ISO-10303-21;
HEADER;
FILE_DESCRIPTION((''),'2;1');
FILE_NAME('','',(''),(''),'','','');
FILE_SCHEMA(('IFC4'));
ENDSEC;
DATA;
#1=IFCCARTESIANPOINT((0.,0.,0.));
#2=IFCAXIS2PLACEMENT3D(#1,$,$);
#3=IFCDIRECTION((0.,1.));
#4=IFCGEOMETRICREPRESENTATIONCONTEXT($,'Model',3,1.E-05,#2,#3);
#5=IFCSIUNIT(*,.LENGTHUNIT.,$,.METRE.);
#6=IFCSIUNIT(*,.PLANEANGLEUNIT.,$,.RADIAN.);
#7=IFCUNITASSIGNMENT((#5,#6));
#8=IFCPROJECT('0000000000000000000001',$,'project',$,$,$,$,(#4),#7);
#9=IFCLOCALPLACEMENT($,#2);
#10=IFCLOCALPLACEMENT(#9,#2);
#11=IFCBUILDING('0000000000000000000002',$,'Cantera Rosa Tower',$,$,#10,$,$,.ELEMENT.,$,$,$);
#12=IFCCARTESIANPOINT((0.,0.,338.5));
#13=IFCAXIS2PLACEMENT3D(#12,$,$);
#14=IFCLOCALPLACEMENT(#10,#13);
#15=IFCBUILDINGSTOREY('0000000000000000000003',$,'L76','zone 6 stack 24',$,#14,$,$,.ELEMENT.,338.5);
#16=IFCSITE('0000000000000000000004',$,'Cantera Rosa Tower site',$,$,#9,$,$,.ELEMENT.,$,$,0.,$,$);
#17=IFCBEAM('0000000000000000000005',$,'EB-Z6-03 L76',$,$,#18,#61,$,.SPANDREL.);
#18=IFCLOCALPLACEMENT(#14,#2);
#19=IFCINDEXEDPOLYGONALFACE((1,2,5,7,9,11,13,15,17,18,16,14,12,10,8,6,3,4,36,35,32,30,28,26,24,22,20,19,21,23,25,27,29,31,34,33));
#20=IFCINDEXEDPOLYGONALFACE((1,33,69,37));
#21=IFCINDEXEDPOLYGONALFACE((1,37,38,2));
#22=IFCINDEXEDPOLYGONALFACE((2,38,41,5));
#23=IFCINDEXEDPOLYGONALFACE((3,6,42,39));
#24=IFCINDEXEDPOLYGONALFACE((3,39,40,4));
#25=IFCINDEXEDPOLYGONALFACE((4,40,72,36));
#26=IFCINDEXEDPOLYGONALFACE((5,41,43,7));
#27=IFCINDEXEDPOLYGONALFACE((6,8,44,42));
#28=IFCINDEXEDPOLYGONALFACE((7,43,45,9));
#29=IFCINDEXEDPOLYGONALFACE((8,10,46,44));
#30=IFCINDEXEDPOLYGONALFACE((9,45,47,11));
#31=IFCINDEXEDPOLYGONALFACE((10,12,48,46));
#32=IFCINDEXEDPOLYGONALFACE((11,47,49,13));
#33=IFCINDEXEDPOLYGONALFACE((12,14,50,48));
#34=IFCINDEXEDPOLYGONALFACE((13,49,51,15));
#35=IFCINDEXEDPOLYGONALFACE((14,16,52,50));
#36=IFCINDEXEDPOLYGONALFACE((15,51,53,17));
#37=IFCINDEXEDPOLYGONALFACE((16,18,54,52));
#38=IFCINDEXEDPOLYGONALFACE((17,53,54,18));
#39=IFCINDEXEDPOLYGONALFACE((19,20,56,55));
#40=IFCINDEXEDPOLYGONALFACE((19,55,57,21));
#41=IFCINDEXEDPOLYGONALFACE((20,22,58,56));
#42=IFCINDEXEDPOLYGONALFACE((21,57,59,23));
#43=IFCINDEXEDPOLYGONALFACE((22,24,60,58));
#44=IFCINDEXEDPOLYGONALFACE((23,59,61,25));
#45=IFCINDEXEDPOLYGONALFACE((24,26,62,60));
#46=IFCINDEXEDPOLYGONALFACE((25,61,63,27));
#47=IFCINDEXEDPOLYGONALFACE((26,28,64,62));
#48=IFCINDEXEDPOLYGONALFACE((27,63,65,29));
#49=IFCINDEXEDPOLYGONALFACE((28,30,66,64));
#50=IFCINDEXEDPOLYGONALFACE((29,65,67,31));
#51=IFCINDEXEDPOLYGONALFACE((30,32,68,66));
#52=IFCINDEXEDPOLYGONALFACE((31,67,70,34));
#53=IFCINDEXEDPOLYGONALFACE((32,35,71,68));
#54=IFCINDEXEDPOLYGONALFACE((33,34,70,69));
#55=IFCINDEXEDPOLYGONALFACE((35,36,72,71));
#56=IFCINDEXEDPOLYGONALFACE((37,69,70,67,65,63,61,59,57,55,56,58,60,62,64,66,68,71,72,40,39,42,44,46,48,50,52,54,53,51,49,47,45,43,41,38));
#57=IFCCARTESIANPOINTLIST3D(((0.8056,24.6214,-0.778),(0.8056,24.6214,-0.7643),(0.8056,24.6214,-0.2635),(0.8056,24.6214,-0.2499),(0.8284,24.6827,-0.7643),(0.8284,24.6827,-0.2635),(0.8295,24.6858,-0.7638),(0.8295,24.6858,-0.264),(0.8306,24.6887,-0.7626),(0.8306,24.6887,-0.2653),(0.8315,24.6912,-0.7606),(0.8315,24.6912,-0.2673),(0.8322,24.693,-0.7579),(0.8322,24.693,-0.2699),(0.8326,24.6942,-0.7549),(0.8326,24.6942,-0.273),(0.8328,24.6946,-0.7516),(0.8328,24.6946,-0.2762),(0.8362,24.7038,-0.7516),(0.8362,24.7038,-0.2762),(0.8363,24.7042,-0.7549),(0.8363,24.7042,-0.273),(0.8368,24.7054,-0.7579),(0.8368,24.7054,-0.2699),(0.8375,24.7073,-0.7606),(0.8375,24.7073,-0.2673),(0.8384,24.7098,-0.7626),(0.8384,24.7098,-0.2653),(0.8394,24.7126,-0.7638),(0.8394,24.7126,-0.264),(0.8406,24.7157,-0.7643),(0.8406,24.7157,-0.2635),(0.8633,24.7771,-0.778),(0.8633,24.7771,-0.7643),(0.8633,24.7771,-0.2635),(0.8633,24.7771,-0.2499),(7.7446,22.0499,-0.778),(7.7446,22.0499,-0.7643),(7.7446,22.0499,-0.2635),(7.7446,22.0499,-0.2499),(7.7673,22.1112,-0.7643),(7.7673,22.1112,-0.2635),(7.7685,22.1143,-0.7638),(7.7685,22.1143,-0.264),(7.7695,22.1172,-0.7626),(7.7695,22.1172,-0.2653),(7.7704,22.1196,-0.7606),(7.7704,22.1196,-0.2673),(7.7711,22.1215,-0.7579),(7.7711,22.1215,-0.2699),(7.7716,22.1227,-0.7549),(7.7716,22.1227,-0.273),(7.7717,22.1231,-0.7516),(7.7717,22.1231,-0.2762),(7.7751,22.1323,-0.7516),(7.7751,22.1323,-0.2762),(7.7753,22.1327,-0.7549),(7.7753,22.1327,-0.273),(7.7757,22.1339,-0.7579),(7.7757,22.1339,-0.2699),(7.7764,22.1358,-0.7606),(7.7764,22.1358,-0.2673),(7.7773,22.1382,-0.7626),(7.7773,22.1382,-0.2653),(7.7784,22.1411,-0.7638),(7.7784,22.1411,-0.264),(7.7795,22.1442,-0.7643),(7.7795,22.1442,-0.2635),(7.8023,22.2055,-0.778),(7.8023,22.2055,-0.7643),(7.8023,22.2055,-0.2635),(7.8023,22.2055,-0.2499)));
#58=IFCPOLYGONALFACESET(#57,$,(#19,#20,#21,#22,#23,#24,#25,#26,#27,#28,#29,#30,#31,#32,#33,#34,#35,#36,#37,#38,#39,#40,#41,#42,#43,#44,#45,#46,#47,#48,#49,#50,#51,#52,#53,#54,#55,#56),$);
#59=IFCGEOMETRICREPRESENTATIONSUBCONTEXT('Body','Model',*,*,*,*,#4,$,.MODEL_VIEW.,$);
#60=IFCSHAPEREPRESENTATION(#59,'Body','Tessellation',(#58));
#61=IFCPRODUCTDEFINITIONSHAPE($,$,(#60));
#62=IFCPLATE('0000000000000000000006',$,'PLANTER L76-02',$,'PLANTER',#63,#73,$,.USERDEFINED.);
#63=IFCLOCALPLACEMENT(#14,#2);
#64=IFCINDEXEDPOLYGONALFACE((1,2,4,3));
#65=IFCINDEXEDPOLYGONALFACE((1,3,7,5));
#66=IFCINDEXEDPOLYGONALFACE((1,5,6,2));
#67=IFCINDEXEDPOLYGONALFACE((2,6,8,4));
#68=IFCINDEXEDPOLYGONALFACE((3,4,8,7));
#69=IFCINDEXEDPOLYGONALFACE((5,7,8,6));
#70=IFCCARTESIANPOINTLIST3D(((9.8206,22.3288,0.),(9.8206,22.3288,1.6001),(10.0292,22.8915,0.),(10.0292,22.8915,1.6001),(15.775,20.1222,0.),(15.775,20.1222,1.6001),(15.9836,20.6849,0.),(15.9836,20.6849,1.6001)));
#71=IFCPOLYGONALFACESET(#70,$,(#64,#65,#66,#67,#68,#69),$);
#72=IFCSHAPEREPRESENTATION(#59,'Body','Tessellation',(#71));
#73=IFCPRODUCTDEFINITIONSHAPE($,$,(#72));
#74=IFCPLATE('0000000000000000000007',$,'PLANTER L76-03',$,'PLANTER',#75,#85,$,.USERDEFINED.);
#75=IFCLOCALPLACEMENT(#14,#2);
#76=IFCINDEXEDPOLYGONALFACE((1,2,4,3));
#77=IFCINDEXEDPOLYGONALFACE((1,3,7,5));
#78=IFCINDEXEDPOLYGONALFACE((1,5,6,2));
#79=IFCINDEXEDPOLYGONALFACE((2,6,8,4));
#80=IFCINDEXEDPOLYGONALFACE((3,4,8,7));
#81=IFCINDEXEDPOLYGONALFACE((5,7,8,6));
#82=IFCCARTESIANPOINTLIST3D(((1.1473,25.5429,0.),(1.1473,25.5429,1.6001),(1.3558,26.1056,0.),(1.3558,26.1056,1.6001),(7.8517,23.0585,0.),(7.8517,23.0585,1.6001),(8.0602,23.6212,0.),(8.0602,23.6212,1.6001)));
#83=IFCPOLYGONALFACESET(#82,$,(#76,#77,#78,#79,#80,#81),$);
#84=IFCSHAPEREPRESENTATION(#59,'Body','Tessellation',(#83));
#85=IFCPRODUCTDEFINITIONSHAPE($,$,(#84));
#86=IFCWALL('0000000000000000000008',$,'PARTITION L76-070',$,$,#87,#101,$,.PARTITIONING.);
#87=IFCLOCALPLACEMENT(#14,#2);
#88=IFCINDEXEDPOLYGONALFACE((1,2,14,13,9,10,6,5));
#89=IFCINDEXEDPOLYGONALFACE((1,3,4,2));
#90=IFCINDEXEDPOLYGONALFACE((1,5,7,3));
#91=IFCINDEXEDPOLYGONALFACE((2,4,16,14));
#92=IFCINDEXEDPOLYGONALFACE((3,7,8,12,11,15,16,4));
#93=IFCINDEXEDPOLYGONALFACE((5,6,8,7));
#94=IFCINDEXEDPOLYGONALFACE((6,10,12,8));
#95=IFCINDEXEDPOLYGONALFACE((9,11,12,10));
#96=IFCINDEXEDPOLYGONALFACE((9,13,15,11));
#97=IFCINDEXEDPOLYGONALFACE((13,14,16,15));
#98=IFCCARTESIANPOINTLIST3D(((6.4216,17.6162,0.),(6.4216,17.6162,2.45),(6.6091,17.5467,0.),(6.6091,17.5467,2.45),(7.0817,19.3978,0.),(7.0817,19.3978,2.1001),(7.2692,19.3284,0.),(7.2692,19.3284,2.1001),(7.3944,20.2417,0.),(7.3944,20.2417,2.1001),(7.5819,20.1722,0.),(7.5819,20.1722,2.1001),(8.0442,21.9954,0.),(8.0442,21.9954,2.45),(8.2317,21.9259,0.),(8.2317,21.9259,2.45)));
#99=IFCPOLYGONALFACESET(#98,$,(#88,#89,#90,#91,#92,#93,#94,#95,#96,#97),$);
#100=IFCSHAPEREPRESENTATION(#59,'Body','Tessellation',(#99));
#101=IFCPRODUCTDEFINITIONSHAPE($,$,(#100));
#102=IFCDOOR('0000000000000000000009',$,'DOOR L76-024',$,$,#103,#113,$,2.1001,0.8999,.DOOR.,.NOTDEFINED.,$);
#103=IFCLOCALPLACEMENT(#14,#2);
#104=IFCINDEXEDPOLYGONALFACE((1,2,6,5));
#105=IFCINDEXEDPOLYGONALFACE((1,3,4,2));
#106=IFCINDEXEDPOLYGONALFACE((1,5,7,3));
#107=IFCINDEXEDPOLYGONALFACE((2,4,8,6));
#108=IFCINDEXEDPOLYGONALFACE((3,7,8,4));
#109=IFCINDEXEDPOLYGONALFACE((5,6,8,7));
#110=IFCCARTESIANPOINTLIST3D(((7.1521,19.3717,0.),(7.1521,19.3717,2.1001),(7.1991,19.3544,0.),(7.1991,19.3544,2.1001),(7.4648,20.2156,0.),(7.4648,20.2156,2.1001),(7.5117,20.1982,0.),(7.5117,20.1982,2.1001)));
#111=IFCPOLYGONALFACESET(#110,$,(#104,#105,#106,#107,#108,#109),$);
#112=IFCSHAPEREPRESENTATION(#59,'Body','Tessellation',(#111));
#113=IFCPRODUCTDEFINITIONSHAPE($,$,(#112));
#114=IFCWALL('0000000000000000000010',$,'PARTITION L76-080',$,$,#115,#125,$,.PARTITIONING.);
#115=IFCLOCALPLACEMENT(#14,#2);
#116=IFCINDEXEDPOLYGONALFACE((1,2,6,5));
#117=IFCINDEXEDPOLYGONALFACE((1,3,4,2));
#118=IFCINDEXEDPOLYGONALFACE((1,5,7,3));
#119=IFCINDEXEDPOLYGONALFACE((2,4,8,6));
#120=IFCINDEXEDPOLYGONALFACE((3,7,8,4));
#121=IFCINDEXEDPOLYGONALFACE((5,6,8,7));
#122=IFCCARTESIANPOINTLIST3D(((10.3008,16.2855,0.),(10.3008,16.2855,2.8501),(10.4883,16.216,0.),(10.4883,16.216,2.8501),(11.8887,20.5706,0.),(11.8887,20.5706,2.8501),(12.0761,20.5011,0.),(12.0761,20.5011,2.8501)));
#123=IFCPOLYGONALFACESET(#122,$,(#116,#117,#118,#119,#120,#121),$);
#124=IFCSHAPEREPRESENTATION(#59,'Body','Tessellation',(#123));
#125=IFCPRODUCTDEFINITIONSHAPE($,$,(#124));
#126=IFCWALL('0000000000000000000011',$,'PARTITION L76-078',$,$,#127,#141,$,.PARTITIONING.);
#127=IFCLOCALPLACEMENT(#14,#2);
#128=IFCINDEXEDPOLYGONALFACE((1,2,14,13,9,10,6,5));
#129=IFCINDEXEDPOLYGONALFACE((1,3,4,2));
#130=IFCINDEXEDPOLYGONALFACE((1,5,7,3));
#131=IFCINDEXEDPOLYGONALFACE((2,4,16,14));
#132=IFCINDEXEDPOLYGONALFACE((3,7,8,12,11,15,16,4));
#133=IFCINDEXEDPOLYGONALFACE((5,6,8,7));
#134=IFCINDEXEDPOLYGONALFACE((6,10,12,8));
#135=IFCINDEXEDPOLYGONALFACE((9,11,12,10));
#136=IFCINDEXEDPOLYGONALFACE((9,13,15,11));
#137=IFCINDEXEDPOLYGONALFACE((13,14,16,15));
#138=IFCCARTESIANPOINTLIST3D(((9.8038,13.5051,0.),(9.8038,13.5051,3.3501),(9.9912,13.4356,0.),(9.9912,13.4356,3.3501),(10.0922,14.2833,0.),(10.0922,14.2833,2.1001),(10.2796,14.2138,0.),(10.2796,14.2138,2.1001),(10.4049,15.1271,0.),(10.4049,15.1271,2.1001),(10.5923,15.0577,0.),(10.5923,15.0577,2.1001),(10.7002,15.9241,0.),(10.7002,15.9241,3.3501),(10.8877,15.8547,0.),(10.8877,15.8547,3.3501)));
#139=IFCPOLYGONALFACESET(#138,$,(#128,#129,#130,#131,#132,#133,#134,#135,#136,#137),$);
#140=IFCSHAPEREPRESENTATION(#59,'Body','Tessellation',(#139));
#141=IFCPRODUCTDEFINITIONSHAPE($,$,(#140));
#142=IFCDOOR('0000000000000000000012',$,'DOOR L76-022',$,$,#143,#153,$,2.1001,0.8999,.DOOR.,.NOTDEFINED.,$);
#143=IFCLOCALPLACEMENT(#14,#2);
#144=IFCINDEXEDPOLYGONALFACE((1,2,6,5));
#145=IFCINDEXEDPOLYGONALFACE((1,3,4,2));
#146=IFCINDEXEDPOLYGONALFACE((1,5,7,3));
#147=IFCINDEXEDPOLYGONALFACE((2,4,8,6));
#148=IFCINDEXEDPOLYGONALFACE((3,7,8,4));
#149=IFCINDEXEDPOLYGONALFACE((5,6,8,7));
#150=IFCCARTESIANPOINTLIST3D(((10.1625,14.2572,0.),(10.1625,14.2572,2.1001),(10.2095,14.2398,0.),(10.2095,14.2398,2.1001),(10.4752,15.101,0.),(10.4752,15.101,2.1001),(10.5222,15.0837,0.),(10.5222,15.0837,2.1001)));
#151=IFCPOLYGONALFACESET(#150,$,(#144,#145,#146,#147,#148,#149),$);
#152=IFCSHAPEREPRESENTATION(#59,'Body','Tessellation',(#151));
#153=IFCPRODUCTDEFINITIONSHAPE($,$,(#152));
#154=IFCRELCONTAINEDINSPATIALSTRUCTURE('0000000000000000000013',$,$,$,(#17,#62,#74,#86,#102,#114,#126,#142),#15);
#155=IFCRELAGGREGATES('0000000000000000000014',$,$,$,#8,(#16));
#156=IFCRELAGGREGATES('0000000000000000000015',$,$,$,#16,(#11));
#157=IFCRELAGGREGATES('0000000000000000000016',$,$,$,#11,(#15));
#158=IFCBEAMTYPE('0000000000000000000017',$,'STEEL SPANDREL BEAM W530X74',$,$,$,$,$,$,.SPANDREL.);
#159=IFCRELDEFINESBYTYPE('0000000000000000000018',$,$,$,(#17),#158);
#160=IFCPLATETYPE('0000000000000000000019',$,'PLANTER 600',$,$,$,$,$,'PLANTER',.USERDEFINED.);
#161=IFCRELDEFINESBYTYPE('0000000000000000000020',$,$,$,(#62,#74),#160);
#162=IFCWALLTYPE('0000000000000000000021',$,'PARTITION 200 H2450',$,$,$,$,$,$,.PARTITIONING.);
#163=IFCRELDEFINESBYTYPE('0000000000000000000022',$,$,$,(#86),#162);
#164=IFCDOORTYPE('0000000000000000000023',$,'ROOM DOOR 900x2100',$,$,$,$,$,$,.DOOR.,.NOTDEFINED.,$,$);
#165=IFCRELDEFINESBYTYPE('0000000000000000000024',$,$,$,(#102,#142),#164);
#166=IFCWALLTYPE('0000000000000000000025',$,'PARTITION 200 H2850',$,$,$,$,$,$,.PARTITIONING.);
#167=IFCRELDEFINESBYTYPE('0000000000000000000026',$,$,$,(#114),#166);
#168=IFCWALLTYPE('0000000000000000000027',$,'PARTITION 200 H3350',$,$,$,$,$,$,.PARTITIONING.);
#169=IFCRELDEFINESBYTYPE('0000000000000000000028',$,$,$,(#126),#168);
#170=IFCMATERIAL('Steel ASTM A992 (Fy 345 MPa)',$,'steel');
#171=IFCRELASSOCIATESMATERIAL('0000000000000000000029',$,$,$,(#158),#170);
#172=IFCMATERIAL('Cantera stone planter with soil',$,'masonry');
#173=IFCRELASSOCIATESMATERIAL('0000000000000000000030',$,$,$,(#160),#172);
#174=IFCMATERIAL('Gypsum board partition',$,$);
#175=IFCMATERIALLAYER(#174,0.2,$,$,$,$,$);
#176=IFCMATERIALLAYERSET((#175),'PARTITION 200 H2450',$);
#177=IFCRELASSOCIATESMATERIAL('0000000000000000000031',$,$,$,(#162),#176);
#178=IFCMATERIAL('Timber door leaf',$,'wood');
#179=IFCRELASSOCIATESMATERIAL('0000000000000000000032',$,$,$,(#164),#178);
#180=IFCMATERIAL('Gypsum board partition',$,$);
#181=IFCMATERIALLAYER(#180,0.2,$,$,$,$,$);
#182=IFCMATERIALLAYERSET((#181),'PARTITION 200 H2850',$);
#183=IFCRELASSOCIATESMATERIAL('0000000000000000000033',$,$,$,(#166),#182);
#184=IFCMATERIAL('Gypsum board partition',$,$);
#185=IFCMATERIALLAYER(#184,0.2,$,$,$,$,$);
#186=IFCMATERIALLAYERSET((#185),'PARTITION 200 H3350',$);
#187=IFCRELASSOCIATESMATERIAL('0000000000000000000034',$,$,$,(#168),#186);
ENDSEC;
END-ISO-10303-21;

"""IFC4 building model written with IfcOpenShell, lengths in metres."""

from ifc_helpers import new_model, si_unit, direction, frame, frame_2d, origin, origin_2d, place, context, subcontext, project, spatial, rectangle, i_section, extrude, material, layer, layer_set, material_profile, profile_set, type_object, element, fill, save


model = new_model("IFC4")

# Units and contexts
model_context = context("Model", 3, precision=1e-05, world=origin(), true_north=direction((0.0, 1.0)))
body_context = subcontext(model_context, "Body", "Model", "MODEL_VIEW")
ifc_project = project(units=[si_unit("LENGTHUNIT", "METRE"), si_unit("PLANEANGLEUNIT", "RADIAN")], contexts=[model_context])

# Site, building, storey
site_placement = place(None, origin())
site = spatial("IfcSite", under=ifc_project, at=site_placement, Name="Cantera Rosa Tower site", CompositionType="ELEMENT", RefElevation=0.0)
building_placement = place(site_placement, origin())
building = spatial("IfcBuilding", under=site, at=building_placement, Name="Cantera Rosa Tower", CompositionType="ELEMENT")
storey_placement = place(building_placement, frame((0.0, 0.0, 338.5)))
storey = spatial("IfcBuildingStorey", under=building, at=storey_placement, Name="L76", Description="zone 6 stack 24", CompositionType="ELEMENT", Elevation=338.5)

# Beam
ifc_material_1 = material(Name="Steel ASTM A992 (Fy 345 MPa)", Category="steel")
ifc_material_profile_1 = material_profile(ifc_material_1, i_section(OverallWidth=0.166, OverallDepth=0.5281, WebThickness=0.0098, FlangeThickness=0.0137, FilletRadius=0.0127, at=origin_2d()), Name="W530X74")
ifc_profile_set_1 = profile_set([ifc_material_profile_1], Name="Steel ASTM A992 (Fy 345 MPa)")
beam_type_1 = type_object("IfcBeamType", Name="STEEL SPANDREL BEAM W530X74", PredefinedType="SPANDREL", material=ifc_profile_set_1)
beam_1_placement = place(storey_placement, frame((7.7734, 22.1277, -0.5139), z_axis=(-0.937681, 0.347498, 0.0), x_axis=(-0.347498, -0.937681, 0.0)))
element("IfcBeam", 1, at=beam_1_placement, inside=storey, type_object=beam_type_1, Name="EB-Z6-03 L76", PredefinedType="SPANDREL", context=body_context, shape_type="SweptSolid", body=[
    extrude(i_section(OverallWidth=0.166, OverallDepth=0.5281, WebThickness=0.0098, FlangeThickness=0.0137, FilletRadius=0.0127, at=origin_2d()), origin(), (0.0, 0.0, 1.0), 7.4001),
])

# Plates
ifc_material_2 = material(Name="Cantera stone planter with soil", Category="masonry")
plate_type = type_object("IfcPlateType", Name="PLANTER 600", ElementType="PLANTER", PredefinedType="USERDEFINED", material=ifc_material_2)
plate_1_placement = place(storey_placement, frame((12.9021, 21.5068, 0.0), z_axis=(0.0, 0.0, 1.0), x_axis=(-0.937687, 0.347481, 0.0)))
element("IfcPlate", 2, at=plate_1_placement, inside=storey, type_object=plate_type, Name="PLANTER L76-02", ObjectType="PLANTER", PredefinedType="USERDEFINED", context=body_context, shape_type="SweptSolid", body=[
    extrude(rectangle(XDim=6.3501, YDim=0.6001, at=origin_2d()), origin(), (0.0, 0.0, 1.0), 1.6001),
])
plate_2_placement = place(storey_placement, frame((4.6038, 24.582, 0.0), z_axis=(0.0, 0.0, 1.0), x_axis=(-0.937687, 0.347481, 0.0)))
element("IfcPlate", 3, at=plate_2_placement, inside=storey, type_object=plate_type, Name="PLANTER L76-03", ObjectType="PLANTER", PredefinedType="USERDEFINED", context=body_context, shape_type="SweptSolid", body=[
    extrude(rectangle(XDim=7.1499, YDim=0.6001, at=origin_2d()), origin(), (0.0, 0.0, 1.0), 1.6001),
])

# Wall, opening, door
ifc_material_3 = material(Name="Gypsum board partition")
ifc_layer_1 = layer(ifc_material_3, 0.2)
ifc_layer_set_1 = layer_set([ifc_layer_1], Name="PARTITION 200 H2450")
wall_type_1 = type_object("IfcWallType", Name="PARTITION 200 H2450", PredefinedType="PARTITIONING", material=ifc_layer_set_1)
wall_1_placement = place(storey_placement, frame((6.5154, 17.5815, 0.0), z_axis=(0.0, 0.0, 1.0), x_axis=(0.347437, 0.937703, 0.0)))
wall_1 = element("IfcWall", 4, at=wall_1_placement, inside=storey, type_object=wall_type_1, Name="PARTITION L76-070", PredefinedType="PARTITIONING", context=body_context, shape_type="SweptSolid", body=[
    extrude(rectangle(XDim=4.6702, YDim=0.2, at=frame_2d((2.335, 0.0))), origin(), (0.0, 0.0, 1.0), 2.45),
])
opening_1_placement = place(wall_1_placement, frame((1.8999, 0.0, 0.0)))
opening_1 = element("IfcOpeningElement", 5, at=opening_1_placement, cuts=wall_1, PredefinedType="OPENING", context=body_context, shape_type="SweptSolid", body=[
    extrude(rectangle(XDim=0.8999, YDim=2.1001, at=frame_2d((0.45, 1.05))), frame((0.0, 0.1099, 0.0), z_axis=(0.0, -1.0, 0.0), x_axis=(1.0, 0.0, 0.0)), (0.0, 0.0, 1.0), 0.22),
])
ifc_material_4 = material(Name="Timber door leaf", Category="wood")
door_type_1 = type_object("IfcDoorType", Name="ROOM DOOR 900x2100", OperationType="NOTDEFINED", PredefinedType="DOOR", material=ifc_material_4)
door_1_placement = place(opening_1_placement, origin())
door_1 = element("IfcDoor", 6, at=door_1_placement, inside=storey, type_object=door_type_1, Name="DOOR L76-024", OperationType="NOTDEFINED", OverallHeight=2.1001, OverallWidth=0.8999, PredefinedType="DOOR", context=body_context, shape_type="SweptSolid", body=[
    extrude(rectangle(XDim=0.8999, YDim=2.1001, at=frame_2d((0.45, 1.05))), frame((0.0, 0.0249, 0.0), z_axis=(0.0, -1.0, 0.0), x_axis=(1.0, 0.0, 0.0)), (0.0, 0.0, 1.0), 0.05),
])
fill(opening_1, door_1)

# Wall
ifc_material_5 = material(Name="Gypsum board partition")
ifc_layer_2 = layer(ifc_material_5, 0.2)
ifc_layer_set_2 = layer_set([ifc_layer_2], Name="PARTITION 200 H2850")
wall_type_2 = type_object("IfcWallType", Name="PARTITION 200 H2850", PredefinedType="PARTITIONING", material=ifc_layer_set_2)
wall_2_placement = place(storey_placement, frame((10.3945, 16.2507, 0.0), z_axis=(0.0, 0.0, 1.0), x_axis=(0.347467, 0.937692, 0.0)))
element("IfcWall", 7, at=wall_2_placement, inside=storey, type_object=wall_type_2, Name="PARTITION L76-080", PredefinedType="PARTITIONING", context=body_context, shape_type="SweptSolid", body=[
    extrude(rectangle(XDim=4.5698, YDim=0.2, at=frame_2d((2.2849, 0.0))), origin(), (0.0, 0.0, 1.0), 2.8501),
])

# Wall, opening, door
ifc_material_6 = material(Name="Gypsum board partition")
ifc_layer_3 = layer(ifc_material_6, 0.2)
ifc_layer_set_3 = layer_set([ifc_layer_3], Name="PARTITION 200 H3350")
wall_type_3 = type_object("IfcWallType", Name="PARTITION 200 H3350", PredefinedType="PARTITIONING", material=ifc_layer_set_3)
wall_3_placement = place(storey_placement, frame((9.8975, 13.4702, 0.0), z_axis=(0.0, 0.0, 1.0), x_axis=(0.347481, 0.937687, 0.0)))
wall_3 = element("IfcWall", 8, at=wall_3_placement, inside=storey, type_object=wall_type_3, Name="PARTITION L76-078", PredefinedType="PARTITIONING", context=body_context, shape_type="SweptSolid", body=[
    extrude(rectangle(XDim=2.5798, YDim=0.2, at=frame_2d((1.29, 0.0))), origin(), (0.0, 0.0, 1.0), 3.3501),
])
opening_2_placement = place(wall_3_placement, frame((0.8301, 0.0, 0.0)))
opening_2 = element("IfcOpeningElement", 9, at=opening_2_placement, cuts=wall_3, PredefinedType="OPENING", context=body_context, shape_type="SweptSolid", body=[
    extrude(rectangle(XDim=0.8999, YDim=2.1001, at=frame_2d((0.45, 1.05))), frame((0.0, 0.1099, 0.0), z_axis=(0.0, -1.0, 0.0), x_axis=(1.0, 0.0, 0.0)), (0.0, 0.0, 1.0), 0.22),
])
door_2_placement = place(opening_2_placement, origin())
door_2 = element("IfcDoor", 10, at=door_2_placement, inside=storey, type_object=door_type_1, Name="DOOR L76-022", OperationType="NOTDEFINED", OverallHeight=2.1001, OverallWidth=0.8999, PredefinedType="DOOR", context=body_context, shape_type="SweptSolid", body=[
    extrude(rectangle(XDim=0.8999, YDim=2.1001, at=frame_2d((0.45, 1.05))), frame((0.0, 0.0249, 0.0), z_axis=(0.0, -1.0, 0.0), x_axis=(1.0, 0.0, 0.0)), (0.0, 0.0, 1.0), 0.05),
])
fill(opening_2, door_2)

save(model, "model.ifc")
